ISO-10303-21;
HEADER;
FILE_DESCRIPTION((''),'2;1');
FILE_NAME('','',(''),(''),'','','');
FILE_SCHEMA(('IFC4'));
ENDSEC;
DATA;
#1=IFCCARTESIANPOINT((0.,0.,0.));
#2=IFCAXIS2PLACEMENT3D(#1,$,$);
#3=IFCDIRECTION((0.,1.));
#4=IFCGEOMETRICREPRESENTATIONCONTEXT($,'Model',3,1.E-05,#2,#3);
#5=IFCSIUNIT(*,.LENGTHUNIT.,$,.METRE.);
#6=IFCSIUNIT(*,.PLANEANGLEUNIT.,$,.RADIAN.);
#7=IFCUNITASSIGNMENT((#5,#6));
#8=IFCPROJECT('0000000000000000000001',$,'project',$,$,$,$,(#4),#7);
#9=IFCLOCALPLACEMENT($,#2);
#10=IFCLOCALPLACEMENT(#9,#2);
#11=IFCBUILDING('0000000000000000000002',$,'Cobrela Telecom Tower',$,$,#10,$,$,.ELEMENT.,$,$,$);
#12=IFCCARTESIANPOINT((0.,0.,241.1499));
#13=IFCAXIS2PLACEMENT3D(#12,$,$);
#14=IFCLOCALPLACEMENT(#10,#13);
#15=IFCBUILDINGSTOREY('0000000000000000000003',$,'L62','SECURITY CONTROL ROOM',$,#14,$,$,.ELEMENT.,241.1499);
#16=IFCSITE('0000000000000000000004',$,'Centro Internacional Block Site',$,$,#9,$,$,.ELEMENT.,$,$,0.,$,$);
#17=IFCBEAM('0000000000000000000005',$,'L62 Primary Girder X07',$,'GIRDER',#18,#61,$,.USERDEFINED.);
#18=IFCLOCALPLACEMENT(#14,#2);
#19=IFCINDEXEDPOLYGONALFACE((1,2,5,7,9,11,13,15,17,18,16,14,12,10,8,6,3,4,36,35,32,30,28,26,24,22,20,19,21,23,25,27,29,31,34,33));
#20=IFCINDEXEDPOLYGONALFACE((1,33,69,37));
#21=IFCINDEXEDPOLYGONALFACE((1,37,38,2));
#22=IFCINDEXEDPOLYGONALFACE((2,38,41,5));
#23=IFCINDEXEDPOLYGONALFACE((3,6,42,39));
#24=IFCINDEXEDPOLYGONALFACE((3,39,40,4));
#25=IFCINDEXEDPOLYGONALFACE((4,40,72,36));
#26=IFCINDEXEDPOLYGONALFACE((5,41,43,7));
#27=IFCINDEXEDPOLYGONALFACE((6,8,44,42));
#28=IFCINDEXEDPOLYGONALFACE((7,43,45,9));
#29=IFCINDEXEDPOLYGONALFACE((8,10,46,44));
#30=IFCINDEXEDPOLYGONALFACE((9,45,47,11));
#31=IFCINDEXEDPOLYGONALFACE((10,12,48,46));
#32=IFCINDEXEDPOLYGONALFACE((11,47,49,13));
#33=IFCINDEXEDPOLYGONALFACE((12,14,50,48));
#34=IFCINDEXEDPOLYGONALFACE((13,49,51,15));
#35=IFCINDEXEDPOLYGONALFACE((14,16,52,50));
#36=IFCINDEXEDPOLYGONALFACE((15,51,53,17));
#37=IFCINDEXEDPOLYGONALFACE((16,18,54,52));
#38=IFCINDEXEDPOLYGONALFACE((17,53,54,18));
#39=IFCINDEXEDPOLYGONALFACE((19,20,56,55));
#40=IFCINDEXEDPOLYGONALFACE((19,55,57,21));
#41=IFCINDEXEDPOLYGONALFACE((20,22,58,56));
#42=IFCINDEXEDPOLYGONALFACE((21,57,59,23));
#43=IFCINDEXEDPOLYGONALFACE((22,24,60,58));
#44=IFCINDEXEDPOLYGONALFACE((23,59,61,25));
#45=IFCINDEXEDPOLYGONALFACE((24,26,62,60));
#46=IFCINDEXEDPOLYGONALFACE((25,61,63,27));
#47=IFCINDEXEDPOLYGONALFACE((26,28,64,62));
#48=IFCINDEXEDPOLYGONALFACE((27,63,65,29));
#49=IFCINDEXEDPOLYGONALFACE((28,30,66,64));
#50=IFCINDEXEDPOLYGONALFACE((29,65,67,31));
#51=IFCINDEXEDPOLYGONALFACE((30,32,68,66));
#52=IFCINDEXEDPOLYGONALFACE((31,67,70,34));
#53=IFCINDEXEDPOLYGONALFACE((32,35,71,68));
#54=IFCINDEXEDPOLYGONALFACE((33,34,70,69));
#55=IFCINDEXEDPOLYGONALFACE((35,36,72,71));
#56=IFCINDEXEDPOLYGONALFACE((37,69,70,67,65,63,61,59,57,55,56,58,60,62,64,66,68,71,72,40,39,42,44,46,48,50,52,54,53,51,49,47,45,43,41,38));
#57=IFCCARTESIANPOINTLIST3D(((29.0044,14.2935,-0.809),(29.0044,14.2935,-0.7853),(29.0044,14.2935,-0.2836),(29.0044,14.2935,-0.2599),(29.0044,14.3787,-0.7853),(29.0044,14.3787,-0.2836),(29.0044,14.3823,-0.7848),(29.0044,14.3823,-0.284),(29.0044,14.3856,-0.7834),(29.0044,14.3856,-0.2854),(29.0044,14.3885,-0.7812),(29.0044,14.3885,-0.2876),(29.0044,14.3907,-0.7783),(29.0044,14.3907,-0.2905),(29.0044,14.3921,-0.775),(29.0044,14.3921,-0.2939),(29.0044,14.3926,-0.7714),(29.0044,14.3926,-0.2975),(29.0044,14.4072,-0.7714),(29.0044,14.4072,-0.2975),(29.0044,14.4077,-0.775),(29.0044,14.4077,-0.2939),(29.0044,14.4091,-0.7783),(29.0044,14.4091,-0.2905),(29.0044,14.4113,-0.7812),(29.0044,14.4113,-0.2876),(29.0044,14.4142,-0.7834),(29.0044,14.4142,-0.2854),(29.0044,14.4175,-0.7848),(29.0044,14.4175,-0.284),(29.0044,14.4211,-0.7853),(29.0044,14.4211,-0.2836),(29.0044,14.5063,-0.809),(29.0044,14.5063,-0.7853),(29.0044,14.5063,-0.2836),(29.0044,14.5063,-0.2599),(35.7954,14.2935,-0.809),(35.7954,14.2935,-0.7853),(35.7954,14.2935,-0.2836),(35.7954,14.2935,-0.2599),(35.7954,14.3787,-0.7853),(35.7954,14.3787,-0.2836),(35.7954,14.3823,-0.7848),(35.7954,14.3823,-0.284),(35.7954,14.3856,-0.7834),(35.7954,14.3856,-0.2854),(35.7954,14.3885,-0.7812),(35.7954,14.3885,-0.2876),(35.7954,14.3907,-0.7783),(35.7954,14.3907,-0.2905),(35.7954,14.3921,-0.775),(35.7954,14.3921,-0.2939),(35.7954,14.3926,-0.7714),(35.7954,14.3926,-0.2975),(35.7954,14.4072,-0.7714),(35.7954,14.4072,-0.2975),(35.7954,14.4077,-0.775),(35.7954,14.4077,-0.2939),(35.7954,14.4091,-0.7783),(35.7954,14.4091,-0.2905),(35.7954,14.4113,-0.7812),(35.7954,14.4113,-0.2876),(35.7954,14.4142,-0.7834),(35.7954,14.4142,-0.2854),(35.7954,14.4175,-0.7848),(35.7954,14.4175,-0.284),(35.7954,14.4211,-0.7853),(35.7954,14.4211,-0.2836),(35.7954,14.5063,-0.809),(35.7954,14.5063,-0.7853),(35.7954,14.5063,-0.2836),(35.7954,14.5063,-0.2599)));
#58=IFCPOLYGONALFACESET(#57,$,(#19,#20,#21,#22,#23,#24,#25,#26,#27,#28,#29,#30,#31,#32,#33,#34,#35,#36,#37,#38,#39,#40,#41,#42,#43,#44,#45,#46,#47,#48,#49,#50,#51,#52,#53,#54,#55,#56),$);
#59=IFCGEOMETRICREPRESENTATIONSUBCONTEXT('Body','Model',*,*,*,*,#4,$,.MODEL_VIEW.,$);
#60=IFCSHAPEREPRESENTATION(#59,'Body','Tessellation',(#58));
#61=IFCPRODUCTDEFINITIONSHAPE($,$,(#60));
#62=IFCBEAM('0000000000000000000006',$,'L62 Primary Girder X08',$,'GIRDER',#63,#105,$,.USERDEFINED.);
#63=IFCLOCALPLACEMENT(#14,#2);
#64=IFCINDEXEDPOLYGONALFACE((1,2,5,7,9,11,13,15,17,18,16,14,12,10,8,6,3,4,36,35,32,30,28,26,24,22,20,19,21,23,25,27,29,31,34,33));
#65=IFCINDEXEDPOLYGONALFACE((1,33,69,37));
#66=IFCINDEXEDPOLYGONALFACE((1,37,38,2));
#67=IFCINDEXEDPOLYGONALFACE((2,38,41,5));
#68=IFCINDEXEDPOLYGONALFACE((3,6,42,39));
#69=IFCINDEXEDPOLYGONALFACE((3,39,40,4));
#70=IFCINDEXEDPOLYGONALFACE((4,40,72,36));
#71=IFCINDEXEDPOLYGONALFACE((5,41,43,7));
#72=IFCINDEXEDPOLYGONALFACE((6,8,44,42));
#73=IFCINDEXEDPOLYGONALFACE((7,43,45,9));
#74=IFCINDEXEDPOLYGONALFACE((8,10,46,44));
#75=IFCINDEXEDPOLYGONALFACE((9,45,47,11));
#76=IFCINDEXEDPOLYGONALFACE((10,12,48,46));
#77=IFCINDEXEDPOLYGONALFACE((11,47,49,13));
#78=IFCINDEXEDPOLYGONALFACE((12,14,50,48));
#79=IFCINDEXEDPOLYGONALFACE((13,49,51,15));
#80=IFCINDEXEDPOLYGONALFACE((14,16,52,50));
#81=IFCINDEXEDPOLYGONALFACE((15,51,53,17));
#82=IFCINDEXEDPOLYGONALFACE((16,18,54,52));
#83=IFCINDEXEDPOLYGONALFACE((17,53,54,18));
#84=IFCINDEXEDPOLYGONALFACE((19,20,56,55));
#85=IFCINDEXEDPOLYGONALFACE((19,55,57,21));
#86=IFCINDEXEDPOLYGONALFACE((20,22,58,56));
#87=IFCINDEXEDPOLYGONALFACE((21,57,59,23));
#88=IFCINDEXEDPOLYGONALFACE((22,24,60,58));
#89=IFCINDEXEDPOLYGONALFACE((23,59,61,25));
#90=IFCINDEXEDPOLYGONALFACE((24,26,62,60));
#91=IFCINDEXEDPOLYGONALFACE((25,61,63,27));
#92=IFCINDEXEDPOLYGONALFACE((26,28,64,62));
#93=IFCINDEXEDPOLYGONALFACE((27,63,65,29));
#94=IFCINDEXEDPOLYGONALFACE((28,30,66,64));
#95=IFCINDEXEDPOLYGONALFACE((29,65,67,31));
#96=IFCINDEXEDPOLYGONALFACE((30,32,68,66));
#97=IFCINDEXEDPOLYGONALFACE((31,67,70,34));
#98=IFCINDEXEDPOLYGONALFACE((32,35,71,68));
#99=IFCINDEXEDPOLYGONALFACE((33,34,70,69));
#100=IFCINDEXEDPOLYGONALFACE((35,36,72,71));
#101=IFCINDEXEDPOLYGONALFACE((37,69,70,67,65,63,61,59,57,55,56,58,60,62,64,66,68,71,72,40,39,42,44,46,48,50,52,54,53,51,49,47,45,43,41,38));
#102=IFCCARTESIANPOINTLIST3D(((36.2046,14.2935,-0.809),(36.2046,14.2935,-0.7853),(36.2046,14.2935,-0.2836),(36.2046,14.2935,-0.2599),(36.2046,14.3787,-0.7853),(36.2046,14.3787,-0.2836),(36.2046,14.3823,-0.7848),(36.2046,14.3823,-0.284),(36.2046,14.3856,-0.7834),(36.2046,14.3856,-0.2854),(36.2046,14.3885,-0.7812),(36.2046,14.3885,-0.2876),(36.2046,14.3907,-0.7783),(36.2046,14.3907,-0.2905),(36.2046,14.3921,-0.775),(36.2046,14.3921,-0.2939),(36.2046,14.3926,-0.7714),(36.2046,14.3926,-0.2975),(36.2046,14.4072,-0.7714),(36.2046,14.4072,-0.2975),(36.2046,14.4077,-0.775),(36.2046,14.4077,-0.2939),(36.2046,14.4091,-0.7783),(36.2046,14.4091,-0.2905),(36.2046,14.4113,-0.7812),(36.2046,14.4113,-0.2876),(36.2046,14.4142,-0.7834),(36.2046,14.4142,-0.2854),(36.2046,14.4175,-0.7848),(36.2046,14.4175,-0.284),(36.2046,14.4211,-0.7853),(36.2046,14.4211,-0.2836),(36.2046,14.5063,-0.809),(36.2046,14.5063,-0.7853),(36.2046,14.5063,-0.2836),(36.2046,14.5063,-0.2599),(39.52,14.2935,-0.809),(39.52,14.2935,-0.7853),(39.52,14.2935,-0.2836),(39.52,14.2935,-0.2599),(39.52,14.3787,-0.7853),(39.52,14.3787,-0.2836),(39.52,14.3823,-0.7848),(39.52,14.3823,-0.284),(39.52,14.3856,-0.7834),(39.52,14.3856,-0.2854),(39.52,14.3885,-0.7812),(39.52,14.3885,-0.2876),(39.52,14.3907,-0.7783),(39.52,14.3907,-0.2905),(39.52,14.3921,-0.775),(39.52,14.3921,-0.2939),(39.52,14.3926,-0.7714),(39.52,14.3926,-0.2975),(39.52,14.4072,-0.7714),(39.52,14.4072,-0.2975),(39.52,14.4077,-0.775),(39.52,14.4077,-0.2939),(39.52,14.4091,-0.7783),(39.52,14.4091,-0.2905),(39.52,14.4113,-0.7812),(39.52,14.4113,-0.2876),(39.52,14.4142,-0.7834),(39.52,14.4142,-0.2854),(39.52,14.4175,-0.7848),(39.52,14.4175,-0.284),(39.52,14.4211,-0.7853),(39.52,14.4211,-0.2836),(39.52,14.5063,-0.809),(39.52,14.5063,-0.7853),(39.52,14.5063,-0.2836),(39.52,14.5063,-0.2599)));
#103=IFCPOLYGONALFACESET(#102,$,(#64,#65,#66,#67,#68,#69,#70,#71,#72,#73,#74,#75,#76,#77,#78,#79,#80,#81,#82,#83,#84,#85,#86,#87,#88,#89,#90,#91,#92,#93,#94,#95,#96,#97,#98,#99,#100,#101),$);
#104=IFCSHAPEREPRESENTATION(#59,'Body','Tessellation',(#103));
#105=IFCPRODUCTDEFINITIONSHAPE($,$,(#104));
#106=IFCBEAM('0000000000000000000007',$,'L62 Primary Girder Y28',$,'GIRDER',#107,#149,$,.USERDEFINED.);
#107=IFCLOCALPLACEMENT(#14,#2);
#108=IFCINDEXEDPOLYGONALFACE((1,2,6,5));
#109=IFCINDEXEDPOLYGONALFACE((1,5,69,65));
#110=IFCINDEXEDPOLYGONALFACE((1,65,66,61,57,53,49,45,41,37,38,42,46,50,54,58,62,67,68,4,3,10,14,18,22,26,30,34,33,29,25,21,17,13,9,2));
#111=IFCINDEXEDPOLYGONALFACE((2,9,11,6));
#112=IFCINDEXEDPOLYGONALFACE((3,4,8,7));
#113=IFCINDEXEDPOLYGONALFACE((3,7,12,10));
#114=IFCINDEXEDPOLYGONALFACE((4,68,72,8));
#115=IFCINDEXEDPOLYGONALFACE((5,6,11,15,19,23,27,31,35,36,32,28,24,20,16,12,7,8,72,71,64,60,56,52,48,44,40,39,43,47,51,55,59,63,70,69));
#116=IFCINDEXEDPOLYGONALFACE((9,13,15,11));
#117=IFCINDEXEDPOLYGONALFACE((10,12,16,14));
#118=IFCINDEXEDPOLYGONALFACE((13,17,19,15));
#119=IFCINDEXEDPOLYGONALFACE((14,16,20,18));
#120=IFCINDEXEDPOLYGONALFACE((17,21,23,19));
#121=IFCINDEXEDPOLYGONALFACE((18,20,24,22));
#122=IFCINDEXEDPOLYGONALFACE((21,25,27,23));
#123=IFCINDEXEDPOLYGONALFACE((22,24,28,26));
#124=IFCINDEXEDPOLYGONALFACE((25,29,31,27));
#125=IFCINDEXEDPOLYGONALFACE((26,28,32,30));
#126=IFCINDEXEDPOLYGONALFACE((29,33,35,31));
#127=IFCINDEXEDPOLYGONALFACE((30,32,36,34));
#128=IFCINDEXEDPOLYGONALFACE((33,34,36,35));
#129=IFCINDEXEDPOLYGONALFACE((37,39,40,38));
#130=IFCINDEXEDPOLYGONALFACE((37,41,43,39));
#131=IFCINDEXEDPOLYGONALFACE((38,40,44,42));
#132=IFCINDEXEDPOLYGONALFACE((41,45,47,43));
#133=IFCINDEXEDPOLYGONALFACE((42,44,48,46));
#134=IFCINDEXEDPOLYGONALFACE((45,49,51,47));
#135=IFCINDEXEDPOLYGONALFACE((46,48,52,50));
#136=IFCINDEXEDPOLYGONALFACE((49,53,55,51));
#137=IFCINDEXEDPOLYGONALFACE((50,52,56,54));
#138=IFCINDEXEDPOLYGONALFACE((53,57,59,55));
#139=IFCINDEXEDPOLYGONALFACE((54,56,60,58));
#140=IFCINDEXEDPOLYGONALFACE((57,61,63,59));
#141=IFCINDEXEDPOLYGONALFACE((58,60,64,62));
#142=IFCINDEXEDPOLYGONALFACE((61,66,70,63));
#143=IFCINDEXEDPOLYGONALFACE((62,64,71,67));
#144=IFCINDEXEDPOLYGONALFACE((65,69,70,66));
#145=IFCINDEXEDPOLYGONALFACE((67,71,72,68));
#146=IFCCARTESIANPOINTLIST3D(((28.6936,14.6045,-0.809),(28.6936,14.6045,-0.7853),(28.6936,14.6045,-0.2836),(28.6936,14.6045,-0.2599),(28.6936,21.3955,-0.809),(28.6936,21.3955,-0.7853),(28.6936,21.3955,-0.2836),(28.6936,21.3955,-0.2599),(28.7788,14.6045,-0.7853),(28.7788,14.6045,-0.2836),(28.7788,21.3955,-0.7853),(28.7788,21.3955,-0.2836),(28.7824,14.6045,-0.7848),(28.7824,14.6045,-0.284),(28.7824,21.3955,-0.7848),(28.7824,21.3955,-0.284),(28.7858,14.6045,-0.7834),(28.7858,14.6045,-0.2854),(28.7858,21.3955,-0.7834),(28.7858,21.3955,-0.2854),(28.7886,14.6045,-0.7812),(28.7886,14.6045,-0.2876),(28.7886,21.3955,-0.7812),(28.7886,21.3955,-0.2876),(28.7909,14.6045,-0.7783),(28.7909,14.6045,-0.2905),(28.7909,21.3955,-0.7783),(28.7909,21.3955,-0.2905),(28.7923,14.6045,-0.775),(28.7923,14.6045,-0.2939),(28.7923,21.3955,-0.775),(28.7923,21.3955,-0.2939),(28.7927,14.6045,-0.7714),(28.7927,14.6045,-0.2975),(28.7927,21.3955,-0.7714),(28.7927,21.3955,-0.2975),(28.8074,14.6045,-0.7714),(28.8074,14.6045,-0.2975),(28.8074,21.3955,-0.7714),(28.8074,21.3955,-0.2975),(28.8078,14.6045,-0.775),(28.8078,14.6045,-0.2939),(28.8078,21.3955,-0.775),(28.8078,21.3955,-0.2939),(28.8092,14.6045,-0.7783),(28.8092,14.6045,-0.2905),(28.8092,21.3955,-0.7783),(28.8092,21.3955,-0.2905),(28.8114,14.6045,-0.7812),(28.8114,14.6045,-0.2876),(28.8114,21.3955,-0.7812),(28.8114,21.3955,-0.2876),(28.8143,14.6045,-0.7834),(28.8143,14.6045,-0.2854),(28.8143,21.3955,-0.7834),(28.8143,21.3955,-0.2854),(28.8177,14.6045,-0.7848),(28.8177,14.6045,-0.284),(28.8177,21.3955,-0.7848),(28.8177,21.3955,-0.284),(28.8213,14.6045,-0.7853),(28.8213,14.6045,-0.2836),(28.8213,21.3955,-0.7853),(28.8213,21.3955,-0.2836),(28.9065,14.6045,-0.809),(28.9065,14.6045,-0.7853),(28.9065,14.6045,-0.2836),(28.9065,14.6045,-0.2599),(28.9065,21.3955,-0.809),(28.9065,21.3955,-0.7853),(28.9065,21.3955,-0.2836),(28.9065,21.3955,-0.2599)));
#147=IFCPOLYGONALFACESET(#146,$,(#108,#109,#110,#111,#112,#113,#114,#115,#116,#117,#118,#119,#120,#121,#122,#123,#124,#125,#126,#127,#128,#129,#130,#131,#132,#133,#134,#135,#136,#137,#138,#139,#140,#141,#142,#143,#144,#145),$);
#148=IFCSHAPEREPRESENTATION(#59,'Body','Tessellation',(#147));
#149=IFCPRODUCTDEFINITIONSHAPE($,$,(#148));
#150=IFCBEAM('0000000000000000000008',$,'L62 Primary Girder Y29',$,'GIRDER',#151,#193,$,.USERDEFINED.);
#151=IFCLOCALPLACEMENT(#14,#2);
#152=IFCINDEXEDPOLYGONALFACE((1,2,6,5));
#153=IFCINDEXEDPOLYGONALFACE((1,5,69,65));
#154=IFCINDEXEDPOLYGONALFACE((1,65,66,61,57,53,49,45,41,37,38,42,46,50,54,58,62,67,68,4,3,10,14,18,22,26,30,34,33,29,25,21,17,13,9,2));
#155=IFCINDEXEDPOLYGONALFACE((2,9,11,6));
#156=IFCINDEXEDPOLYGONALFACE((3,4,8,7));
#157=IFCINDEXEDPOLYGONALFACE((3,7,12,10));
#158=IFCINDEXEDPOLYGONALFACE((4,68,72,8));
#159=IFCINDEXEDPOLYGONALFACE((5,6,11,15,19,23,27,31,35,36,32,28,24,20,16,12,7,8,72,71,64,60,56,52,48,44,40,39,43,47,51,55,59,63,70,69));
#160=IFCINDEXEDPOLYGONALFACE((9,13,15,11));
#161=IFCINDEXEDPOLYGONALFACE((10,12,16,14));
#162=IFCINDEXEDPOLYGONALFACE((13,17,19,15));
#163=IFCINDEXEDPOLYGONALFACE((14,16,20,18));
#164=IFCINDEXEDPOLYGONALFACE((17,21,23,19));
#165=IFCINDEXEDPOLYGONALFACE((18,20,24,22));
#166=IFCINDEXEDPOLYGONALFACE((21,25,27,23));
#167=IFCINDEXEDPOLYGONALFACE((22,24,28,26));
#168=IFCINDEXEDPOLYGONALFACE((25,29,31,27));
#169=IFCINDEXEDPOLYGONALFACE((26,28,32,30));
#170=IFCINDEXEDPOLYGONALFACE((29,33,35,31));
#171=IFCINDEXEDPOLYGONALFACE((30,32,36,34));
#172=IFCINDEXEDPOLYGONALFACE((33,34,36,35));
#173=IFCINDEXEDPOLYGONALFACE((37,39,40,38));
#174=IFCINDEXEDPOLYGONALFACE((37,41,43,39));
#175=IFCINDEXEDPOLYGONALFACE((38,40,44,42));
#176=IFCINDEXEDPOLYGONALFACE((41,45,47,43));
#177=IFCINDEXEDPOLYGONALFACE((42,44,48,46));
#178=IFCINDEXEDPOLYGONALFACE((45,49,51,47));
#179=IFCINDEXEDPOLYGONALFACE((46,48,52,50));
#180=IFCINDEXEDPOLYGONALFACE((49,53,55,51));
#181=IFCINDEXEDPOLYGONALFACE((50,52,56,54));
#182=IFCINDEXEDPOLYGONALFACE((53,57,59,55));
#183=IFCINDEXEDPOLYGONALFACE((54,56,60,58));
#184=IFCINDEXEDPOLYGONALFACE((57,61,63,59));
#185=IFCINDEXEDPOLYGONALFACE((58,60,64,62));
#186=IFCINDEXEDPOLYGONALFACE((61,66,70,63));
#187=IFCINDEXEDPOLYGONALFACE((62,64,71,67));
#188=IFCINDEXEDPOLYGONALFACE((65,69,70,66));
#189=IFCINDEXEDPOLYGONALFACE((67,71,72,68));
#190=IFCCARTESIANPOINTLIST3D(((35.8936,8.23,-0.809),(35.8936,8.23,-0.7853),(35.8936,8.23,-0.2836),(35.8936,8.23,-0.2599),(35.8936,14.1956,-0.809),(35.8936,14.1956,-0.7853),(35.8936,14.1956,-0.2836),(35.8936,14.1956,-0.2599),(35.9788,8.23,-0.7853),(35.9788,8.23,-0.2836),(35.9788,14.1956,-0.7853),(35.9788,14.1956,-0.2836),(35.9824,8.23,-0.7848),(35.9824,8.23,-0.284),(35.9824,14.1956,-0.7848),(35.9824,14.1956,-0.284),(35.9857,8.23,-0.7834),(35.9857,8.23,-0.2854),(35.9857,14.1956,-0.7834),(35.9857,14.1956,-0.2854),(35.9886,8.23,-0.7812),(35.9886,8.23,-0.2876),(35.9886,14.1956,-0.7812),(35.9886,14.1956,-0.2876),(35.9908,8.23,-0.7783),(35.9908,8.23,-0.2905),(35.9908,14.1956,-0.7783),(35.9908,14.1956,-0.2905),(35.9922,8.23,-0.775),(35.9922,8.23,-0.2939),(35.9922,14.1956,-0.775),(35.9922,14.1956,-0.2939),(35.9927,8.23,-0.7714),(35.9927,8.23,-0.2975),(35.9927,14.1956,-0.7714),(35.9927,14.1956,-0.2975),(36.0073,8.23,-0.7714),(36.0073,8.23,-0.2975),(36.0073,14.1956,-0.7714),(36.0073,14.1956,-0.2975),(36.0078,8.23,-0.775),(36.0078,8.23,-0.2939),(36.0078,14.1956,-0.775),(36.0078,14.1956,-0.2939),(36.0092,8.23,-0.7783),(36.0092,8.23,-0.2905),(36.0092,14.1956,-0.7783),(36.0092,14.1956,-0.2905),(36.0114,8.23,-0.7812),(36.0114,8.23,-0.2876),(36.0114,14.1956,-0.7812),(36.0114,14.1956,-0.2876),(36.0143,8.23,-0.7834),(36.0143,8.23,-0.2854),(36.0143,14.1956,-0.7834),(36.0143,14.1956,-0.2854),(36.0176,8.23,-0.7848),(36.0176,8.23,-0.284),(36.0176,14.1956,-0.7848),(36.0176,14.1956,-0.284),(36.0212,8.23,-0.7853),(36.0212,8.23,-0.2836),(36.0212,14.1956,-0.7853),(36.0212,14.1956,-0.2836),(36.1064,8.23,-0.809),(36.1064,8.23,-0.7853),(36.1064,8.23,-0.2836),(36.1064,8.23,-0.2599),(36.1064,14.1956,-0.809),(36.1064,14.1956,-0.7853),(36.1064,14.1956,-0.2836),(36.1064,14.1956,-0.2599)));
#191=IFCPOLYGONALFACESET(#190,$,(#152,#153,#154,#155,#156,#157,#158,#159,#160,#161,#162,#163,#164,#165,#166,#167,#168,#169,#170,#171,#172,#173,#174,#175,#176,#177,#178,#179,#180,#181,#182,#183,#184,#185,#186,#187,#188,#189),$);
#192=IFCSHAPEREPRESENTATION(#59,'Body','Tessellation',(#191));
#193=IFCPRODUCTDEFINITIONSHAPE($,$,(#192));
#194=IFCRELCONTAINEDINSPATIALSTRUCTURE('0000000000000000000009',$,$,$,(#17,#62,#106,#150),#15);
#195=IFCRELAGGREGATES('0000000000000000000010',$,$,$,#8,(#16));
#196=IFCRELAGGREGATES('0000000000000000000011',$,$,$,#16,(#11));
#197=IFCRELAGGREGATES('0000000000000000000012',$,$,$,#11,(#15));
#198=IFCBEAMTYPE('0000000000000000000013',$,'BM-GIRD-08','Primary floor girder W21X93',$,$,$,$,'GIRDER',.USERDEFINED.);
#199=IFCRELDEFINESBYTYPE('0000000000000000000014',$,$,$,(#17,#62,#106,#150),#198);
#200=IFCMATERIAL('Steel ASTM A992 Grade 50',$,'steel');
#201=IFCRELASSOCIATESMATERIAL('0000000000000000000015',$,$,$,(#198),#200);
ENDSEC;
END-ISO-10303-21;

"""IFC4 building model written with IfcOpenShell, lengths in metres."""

from ifc_helpers import new_model, si_unit, direction, frame, origin, origin_2d, place, context, subcontext, project, spatial, i_section, extrude, material, material_profile, profile_set, type_object, element, save


model = new_model("IFC4")

# Units and contexts
model_context = context("Model", 3, precision=1e-05, world=origin(), true_north=direction((0.0, 1.0)))
body_context = subcontext(model_context, "Body", "Model", "MODEL_VIEW")
ifc_project = project(units=[si_unit("LENGTHUNIT", "METRE"), si_unit("PLANEANGLEUNIT", "RADIAN")], contexts=[model_context])

# Site, building, storey
site_placement = place(None, origin())
site = spatial("IfcSite", under=ifc_project, at=site_placement, Name="Centro Internacional Block Site", CompositionType="ELEMENT", RefElevation=0.0)
building_placement = place(site_placement, origin())
building = spatial("IfcBuilding", under=site, at=building_placement, Name="Cobrela Telecom Tower", CompositionType="ELEMENT")
storey_placement = place(building_placement, frame((0.0, 0.0, 241.1499)))
storey = spatial("IfcBuildingStorey", under=building, at=storey_placement, Name="L62", Description="SECURITY CONTROL ROOM", CompositionType="ELEMENT", Elevation=241.1499)

# Shared definitions
ifc_material_1 = material(Name="Steel ASTM A992 Grade 50", Category="steel")

# Beams
ifc_material_profile_1 = material_profile(ifc_material_1, i_section(OverallWidth=0.2129, OverallDepth=0.5491, WebThickness=0.0146, FlangeThickness=0.0237, FilletRadius=0.0139, at=origin_2d()), Name="W21X93")
ifc_profile_set_1 = profile_set([ifc_material_profile_1], Name="Steel ASTM A992 Grade 50")
beam_type_1 = type_object("IfcBeamType", Name="BM-GIRD-08", Description="Primary floor girder W21X93", ElementType="GIRDER", PredefinedType="USERDEFINED", material=ifc_profile_set_1)
beam_1_placement = place(storey_placement, frame((29.0044, 14.3999, -0.5344), z_axis=(1.0, 0.0, 0.0), x_axis=(0.0, 1.0, 0.0)))
element("IfcBeam", 1, at=beam_1_placement, inside=storey, type_object=beam_type_1, Name="L62 Primary Girder X07", ObjectType="GIRDER", PredefinedType="USERDEFINED", context=body_context, shape_type="SweptSolid", body=[
    extrude(i_section(OverallWidth=0.2129, OverallDepth=0.5491, WebThickness=0.0146, FlangeThickness=0.0237, FilletRadius=0.0139, at=origin_2d()), origin(), (0.0, 0.0, 1.0), 6.791),
])
beam_2_placement = place(storey_placement, frame((36.2046, 14.3999, -0.5344), z_axis=(1.0, 0.0, 0.0), x_axis=(0.0, 1.0, 0.0)))
element("IfcBeam", 2, at=beam_2_placement, inside=storey, type_object=beam_type_1, Name="L62 Primary Girder X08", ObjectType="GIRDER", PredefinedType="USERDEFINED", context=body_context, shape_type="SweptSolid", body=[
    extrude(i_section(OverallWidth=0.2129, OverallDepth=0.5491, WebThickness=0.0146, FlangeThickness=0.0237, FilletRadius=0.0139, at=origin_2d()), origin(), (0.0, 0.0, 1.0), 3.3154),
])
beam_3_placement = place(storey_placement, frame((28.8, 14.6045, -0.5344), z_axis=(0.0, 1.0, 0.0), x_axis=(-1.0, 0.0, 0.0)))
element("IfcBeam", 3, at=beam_3_placement, inside=storey, type_object=beam_type_1, Name="L62 Primary Girder Y28", ObjectType="GIRDER", PredefinedType="USERDEFINED", context=body_context, shape_type="SweptSolid", body=[
    extrude(i_section(OverallWidth=0.2129, OverallDepth=0.5491, WebThickness=0.0146, FlangeThickness=0.0237, FilletRadius=0.0139, at=origin_2d()), origin(), (0.0, 0.0, 1.0), 6.791),
])
beam_4_placement = place(storey_placement, frame((36.0, 8.23, -0.5344), z_axis=(0.0, 1.0, 0.0), x_axis=(-1.0, 0.0, 0.0)))
element("IfcBeam", 4, at=beam_4_placement, inside=storey, type_object=beam_type_1, Name="L62 Primary Girder Y29", ObjectType="GIRDER", PredefinedType="USERDEFINED", context=body_context, shape_type="SweptSolid", body=[
    extrude(i_section(OverallWidth=0.2129, OverallDepth=0.5491, WebThickness=0.0146, FlangeThickness=0.0237, FilletRadius=0.0139, at=origin_2d()), origin(), (0.0, 0.0, 1.0), 5.9656),
])

save(model, "model.ifc")
